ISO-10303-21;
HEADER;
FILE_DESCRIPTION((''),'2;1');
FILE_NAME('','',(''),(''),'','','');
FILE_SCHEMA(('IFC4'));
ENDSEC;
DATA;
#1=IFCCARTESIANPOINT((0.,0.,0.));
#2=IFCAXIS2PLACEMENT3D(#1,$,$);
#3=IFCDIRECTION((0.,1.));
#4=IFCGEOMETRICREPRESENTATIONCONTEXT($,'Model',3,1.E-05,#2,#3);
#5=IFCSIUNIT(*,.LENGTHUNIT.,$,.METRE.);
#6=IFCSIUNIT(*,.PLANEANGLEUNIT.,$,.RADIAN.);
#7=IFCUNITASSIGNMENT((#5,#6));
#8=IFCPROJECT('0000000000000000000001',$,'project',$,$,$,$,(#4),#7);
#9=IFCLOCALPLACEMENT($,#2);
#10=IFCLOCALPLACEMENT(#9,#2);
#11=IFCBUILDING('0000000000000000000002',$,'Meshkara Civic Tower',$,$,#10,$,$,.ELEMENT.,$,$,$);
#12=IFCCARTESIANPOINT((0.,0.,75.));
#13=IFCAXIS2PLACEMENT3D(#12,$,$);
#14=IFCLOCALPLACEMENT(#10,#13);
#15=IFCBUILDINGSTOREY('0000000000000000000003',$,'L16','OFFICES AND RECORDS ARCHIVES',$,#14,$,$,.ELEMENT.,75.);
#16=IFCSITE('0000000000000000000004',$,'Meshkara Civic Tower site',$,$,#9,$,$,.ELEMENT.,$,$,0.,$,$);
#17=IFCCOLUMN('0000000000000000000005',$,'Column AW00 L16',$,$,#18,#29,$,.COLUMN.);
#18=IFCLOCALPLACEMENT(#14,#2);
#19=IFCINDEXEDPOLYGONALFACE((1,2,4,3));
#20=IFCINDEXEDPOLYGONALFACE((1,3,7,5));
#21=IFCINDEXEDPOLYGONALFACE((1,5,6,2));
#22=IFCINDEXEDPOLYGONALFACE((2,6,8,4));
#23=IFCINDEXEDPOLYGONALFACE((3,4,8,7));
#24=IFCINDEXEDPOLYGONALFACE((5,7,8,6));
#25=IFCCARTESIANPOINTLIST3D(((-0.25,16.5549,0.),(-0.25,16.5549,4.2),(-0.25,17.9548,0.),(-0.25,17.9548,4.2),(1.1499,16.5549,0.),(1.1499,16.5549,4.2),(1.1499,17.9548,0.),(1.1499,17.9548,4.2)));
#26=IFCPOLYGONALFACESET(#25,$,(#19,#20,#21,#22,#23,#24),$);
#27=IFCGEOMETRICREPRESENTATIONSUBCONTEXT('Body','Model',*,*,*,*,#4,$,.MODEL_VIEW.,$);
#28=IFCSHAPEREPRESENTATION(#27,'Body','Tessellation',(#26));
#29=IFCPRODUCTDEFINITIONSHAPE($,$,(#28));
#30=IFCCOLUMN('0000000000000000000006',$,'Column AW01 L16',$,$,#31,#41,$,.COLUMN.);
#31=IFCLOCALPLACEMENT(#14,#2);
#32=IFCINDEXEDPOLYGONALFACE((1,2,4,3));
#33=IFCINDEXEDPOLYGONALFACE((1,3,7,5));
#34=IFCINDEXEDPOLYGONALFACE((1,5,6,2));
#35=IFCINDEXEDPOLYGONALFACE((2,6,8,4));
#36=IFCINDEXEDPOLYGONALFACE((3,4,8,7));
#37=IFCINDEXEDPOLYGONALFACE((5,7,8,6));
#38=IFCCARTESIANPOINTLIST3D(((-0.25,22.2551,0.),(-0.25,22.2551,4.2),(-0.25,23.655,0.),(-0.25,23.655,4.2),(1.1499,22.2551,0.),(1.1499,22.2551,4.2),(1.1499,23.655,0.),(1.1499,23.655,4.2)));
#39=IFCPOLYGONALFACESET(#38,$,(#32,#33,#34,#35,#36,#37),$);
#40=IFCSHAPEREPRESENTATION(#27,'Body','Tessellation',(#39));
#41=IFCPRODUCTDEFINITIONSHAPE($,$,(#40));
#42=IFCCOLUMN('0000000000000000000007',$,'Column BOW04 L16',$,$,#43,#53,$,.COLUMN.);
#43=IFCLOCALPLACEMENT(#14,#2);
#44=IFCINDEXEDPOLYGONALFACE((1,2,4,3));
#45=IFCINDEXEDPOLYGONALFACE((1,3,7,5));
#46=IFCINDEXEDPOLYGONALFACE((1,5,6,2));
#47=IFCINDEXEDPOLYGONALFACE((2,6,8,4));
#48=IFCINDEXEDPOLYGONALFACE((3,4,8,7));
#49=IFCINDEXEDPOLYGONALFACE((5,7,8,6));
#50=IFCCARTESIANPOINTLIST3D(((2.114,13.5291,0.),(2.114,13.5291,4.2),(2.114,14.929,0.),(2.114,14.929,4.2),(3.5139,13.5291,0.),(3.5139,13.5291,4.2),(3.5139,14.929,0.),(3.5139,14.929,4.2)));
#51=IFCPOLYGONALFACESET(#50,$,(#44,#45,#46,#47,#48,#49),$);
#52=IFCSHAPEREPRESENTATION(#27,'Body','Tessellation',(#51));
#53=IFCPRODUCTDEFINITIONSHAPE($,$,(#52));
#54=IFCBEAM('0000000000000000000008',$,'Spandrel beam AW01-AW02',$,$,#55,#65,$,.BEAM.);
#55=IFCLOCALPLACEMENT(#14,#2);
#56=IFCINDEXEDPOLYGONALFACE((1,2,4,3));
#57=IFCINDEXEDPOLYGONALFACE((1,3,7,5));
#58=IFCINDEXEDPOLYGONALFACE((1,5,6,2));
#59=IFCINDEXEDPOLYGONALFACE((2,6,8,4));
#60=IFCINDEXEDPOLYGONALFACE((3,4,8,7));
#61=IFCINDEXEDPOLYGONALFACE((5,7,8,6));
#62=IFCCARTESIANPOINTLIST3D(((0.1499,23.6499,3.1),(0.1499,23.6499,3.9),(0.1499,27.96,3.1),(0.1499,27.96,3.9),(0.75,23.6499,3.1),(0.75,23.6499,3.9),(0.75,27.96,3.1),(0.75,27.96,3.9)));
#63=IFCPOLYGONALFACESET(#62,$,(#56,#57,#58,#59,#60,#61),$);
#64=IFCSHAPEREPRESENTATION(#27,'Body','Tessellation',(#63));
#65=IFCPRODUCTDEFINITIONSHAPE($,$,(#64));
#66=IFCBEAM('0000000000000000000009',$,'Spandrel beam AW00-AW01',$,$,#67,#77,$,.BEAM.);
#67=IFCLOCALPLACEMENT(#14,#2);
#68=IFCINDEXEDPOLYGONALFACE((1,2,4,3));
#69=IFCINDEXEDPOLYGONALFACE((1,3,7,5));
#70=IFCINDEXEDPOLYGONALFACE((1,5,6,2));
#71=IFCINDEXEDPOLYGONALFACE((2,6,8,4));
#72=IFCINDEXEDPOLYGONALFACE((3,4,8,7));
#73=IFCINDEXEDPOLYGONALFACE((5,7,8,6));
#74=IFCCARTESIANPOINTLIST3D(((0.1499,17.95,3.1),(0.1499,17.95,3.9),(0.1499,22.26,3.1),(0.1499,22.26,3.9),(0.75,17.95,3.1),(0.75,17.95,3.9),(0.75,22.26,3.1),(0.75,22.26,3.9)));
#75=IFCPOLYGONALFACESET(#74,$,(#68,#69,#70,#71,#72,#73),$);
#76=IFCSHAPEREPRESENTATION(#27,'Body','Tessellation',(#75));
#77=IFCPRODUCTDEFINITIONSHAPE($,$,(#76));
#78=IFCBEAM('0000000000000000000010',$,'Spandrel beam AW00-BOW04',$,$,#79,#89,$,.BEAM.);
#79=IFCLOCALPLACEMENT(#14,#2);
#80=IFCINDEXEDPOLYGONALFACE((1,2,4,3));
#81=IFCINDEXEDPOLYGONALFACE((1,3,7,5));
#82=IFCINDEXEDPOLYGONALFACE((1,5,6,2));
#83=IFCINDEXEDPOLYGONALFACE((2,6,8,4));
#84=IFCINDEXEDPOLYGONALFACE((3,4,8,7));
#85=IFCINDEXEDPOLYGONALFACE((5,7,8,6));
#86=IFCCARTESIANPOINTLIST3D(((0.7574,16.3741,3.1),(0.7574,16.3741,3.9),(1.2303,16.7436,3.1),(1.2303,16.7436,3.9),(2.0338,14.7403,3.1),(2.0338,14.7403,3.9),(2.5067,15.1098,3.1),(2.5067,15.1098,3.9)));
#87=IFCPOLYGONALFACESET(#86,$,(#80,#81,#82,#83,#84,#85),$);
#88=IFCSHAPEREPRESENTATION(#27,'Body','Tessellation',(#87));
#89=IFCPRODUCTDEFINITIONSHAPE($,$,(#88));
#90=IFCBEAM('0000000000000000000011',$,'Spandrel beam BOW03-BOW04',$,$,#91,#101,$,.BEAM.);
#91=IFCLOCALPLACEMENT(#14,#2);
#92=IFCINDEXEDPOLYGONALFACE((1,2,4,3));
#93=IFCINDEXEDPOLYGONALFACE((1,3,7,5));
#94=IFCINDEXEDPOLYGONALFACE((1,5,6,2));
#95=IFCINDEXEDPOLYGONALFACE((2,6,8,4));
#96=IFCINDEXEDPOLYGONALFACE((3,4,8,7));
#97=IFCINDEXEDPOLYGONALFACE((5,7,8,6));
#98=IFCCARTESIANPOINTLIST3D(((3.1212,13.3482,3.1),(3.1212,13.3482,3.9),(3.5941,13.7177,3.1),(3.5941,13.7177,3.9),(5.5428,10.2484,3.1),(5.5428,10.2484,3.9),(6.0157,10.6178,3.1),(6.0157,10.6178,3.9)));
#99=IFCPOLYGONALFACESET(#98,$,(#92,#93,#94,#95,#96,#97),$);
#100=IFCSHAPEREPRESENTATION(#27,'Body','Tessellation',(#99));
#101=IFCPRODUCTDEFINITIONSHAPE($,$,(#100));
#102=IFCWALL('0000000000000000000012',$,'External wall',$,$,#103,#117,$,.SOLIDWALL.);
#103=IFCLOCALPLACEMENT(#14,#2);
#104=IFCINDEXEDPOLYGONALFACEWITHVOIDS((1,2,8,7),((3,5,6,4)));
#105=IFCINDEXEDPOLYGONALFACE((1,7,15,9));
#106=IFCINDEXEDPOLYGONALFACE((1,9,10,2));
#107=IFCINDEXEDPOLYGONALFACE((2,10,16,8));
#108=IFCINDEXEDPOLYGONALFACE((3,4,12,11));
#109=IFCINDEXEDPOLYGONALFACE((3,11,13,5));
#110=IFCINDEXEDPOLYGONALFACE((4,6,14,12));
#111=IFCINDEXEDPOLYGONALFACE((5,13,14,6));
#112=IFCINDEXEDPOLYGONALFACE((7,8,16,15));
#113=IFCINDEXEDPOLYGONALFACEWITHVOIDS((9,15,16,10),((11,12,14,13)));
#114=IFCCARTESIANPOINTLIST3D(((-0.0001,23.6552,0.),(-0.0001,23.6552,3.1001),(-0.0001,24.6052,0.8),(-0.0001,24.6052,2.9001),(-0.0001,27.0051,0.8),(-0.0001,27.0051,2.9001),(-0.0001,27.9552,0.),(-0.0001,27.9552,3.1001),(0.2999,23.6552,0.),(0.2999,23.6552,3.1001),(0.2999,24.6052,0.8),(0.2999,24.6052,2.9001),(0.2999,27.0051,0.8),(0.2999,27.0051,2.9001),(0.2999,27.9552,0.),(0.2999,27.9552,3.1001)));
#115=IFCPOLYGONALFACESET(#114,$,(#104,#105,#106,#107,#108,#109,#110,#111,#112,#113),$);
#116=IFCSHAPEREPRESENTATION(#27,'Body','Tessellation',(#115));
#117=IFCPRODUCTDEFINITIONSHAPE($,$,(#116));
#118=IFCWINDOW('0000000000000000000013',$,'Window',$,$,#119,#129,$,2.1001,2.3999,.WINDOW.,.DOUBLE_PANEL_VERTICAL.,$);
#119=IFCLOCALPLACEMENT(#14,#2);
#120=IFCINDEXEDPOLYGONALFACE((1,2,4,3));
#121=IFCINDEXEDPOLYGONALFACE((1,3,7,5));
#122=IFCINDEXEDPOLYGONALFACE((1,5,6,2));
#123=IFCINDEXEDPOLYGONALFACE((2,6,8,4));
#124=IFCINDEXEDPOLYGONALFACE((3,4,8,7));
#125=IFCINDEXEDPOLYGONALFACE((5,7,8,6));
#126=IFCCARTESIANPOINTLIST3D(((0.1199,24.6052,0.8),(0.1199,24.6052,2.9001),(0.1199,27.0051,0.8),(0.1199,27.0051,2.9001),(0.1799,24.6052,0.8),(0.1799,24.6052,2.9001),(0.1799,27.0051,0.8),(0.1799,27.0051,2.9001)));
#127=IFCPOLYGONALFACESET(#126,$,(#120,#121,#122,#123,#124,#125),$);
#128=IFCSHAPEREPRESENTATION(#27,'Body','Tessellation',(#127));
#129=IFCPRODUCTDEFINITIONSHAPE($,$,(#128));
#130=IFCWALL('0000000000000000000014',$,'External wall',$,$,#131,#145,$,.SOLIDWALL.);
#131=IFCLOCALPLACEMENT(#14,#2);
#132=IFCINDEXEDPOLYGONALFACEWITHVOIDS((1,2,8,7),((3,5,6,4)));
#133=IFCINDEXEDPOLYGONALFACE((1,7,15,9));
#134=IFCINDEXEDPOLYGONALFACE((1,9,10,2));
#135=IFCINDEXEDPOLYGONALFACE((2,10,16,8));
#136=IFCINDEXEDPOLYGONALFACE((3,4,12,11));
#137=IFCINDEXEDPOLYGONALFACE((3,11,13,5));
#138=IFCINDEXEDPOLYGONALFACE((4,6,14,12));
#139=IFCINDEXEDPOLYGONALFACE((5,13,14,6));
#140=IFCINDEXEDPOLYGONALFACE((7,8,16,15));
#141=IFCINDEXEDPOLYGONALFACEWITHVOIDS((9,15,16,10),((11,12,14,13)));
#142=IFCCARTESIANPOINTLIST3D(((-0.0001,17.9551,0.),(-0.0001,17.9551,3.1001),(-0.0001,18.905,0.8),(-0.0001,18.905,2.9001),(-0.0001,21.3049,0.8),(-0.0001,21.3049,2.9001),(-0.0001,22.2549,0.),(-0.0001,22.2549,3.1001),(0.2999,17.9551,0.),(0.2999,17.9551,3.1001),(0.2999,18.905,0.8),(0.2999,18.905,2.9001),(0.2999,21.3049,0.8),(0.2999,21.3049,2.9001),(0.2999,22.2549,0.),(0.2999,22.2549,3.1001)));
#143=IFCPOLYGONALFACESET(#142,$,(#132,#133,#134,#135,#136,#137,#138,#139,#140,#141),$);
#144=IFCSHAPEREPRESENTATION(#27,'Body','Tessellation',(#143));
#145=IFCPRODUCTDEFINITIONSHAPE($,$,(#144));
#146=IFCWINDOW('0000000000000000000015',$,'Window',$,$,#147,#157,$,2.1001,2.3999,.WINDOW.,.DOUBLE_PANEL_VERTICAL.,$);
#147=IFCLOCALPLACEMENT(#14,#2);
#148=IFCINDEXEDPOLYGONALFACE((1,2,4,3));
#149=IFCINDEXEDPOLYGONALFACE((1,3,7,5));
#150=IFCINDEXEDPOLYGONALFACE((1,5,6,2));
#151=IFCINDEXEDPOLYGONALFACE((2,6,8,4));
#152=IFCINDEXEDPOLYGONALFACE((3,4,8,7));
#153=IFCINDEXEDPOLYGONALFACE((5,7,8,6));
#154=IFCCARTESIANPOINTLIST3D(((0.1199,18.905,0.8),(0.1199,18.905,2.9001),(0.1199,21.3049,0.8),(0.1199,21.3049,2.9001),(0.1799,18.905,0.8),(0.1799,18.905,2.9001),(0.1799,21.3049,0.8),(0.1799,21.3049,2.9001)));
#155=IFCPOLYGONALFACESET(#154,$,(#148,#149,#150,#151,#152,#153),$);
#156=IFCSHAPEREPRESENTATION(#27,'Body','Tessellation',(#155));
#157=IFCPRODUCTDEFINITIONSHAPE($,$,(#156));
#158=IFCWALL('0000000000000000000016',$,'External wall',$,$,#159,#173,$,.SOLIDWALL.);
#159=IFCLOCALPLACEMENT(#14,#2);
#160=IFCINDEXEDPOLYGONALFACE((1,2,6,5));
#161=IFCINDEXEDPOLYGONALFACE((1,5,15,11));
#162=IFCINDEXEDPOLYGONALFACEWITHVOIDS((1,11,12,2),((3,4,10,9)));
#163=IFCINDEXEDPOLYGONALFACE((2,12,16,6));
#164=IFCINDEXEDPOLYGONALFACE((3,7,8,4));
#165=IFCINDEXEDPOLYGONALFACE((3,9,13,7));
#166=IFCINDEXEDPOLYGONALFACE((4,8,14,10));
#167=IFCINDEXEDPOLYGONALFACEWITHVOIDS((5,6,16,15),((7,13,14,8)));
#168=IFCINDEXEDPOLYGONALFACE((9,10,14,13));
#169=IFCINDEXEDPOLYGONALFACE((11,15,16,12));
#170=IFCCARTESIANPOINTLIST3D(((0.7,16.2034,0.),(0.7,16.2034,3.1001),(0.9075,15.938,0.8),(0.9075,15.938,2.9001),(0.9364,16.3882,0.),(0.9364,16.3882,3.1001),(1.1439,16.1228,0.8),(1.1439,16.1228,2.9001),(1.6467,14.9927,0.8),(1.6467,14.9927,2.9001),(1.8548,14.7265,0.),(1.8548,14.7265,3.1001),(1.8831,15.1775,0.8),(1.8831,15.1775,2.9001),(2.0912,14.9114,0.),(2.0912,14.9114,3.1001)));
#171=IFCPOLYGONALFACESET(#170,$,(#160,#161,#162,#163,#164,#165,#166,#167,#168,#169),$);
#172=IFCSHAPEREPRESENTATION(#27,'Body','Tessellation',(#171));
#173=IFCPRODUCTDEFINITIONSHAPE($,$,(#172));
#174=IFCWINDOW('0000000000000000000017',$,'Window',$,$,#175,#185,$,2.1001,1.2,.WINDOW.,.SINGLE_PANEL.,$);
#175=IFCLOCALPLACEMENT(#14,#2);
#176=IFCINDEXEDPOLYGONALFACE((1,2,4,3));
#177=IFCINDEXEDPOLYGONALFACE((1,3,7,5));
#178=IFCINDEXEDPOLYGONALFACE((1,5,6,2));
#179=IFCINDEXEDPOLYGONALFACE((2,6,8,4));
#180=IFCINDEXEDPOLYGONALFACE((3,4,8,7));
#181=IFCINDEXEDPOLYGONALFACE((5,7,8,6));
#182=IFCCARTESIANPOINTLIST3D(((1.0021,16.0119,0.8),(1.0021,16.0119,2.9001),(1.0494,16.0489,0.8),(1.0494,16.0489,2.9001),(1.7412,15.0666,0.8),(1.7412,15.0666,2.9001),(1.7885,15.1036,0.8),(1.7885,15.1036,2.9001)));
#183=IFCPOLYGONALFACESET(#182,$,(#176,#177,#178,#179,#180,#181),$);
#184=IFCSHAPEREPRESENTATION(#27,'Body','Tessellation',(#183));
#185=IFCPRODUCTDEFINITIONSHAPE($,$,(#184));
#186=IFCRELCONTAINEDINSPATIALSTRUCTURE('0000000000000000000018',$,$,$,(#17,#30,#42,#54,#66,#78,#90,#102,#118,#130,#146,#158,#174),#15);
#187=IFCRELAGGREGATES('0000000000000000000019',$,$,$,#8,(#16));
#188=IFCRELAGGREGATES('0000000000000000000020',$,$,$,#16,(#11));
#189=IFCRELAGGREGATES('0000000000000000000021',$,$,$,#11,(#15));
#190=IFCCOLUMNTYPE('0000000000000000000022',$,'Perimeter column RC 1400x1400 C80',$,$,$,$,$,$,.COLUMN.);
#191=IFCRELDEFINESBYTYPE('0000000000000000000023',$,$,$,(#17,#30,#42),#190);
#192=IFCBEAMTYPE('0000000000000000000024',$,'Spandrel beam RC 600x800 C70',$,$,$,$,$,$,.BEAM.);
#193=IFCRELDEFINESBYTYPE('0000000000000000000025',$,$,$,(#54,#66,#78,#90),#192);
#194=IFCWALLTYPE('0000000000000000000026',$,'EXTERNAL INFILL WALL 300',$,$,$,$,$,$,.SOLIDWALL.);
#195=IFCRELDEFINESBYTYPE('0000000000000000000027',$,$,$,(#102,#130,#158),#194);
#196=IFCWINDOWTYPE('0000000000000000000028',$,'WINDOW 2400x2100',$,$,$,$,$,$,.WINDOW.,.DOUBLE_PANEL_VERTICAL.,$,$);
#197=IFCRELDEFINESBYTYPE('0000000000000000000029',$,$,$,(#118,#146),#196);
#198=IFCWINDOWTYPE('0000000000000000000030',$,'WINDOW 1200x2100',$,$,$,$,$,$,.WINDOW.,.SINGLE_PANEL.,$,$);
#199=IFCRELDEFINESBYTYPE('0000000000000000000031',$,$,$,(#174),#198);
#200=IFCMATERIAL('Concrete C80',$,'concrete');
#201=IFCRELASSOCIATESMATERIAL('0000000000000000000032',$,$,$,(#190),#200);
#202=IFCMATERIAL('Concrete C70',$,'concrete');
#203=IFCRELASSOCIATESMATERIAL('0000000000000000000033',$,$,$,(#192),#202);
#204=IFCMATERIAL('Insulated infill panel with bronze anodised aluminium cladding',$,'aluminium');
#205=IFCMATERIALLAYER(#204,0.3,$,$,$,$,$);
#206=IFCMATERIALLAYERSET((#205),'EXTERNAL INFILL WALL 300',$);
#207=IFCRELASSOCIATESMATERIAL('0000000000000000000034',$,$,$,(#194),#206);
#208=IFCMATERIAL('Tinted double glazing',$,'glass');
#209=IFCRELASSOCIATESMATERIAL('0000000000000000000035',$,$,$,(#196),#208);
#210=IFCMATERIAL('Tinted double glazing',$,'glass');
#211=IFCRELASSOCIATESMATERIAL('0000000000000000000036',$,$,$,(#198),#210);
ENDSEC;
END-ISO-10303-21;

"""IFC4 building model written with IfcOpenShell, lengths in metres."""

from ifc_helpers import new_model, si_unit, direction, frame, frame_2d, origin, origin_2d, place, context, subcontext, project, spatial, rectangle, extrude, material, layer, layer_set, material_profile, profile_set, type_object, element, fill, save


model = new_model("IFC4")

# Units and contexts
model_context = context("Model", 3, precision=1e-05, world=origin(), true_north=direction((0.0, 1.0)))
body_context = subcontext(model_context, "Body", "Model", "MODEL_VIEW")
ifc_project = project(units=[si_unit("LENGTHUNIT", "METRE"), si_unit("PLANEANGLEUNIT", "RADIAN")], contexts=[model_context])

# Site, building, storey
site_placement = place(None, origin())
site = spatial("IfcSite", under=ifc_project, at=site_placement, Name="Meshkara Civic Tower site", CompositionType="ELEMENT", RefElevation=0.0)
building_placement = place(site_placement, origin())
building = spatial("IfcBuilding", under=site, at=building_placement, Name="Meshkara Civic Tower", CompositionType="ELEMENT")
storey_placement = place(building_placement, frame((0.0, 0.0, 75.0)))
storey = spatial("IfcBuildingStorey", under=building, at=storey_placement, Name="L16", Description="OFFICES AND RECORDS ARCHIVES", CompositionType="ELEMENT", Elevation=75.0)

# Columns
ifc_material_1 = material(Name="Concrete C80", Category="concrete")
ifc_material_profile_1 = material_profile(ifc_material_1, rectangle(XDim=1.3999, YDim=1.3999, at=origin_2d()))
ifc_profile_set_1 = profile_set([ifc_material_profile_1], Name="Concrete C80")
column_type = type_object("IfcColumnType", Name="Perimeter column RC 1400x1400 C80", PredefinedType="COLUMN", material=ifc_profile_set_1)
for number, where, z_axis, x_axis, name in (
    (1, (0.45, 17.2549, 0.0), (0.0, 0.0, 1.0), (1.0, 0.0, 0.0), "Column AW00 L16"),
    (2, (0.45, 22.9551, 0.0), (0.0, 0.0, 1.0), (1.0, 0.0, 0.0), "Column AW01 L16"),
    (3, (2.814, 14.229, 0.0), (0.0, 0.0, 1.0), (1.0, 0.0, 0.0), "Column BOW04 L16"),
):
    element("IfcColumn", number, at=place(storey_placement, frame(where, z_axis=z_axis, x_axis=x_axis)), inside=storey, type_object=column_type, Name=name, PredefinedType="COLUMN", context=body_context, shape_type="SweptSolid", body=[
        extrude(rectangle(XDim=1.3999, YDim=1.3999, at=origin_2d()), origin(), (0.0, 0.0, 1.0), 4.2),
    ])

# Beams
ifc_material_2 = material(Name="Concrete C70", Category="concrete")
ifc_material_profile_2 = material_profile(ifc_material_2, rectangle(XDim=0.6001, YDim=0.8, at=origin_2d()))
ifc_profile_set_2 = profile_set([ifc_material_profile_2], Name="Concrete C70")
beam_type = type_object("IfcBeamType", Name="Spandrel beam RC 600x800 C70", PredefinedType="BEAM", material=ifc_profile_set_2)
for number, where, z_axis, x_axis, name in (
    (4, (0.45, 27.96, 3.5), (0.0, -1.0, 0.0), (1.0, 0.0, 0.0), "Spandrel beam AW01-AW02"),
    (5, (0.45, 22.26, 3.5), (0.0, -1.0, 0.0), (1.0, 0.0, 0.0), "Spandrel beam AW00-AW01"),
):
    element("IfcBeam", number, at=place(storey_placement, frame(where, z_axis=z_axis, x_axis=x_axis)), inside=storey, type_object=beam_type, Name=name, PredefinedType="BEAM", context=body_context, shape_type="SweptSolid", body=[
        extrude(rectangle(XDim=0.6001, YDim=0.8, at=origin_2d()), origin(), (0.0, 0.0, 1.0), 4.3101),
    ])
beam_1_placement = place(storey_placement, frame((0.9939, 16.5588, 3.5), z_axis=(0.615635, -0.788032, 0.0), x_axis=(0.788032, 0.615635, 0.0)))
element("IfcBeam", 6, at=beam_1_placement, inside=storey, type_object=beam_type, Name="Spandrel beam AW00-BOW04", PredefinedType="BEAM", context=body_context, shape_type="SweptSolid", body=[
    extrude(rectangle(XDim=0.6001, YDim=0.8, at=origin_2d()), origin(), (0.0, 0.0, 1.0), 2.0732),
])
beam_2_placement = place(storey_placement, frame((3.3577, 13.533, 3.5), z_axis=(0.615624, -0.78804, 0.0), x_axis=(0.78804, 0.615624, 0.0)))
element("IfcBeam", 7, at=beam_2_placement, inside=storey, type_object=beam_type, Name="Spandrel beam BOW03-BOW04", PredefinedType="BEAM", context=body_context, shape_type="SweptSolid", body=[
    extrude(rectangle(XDim=0.6001, YDim=0.8, at=origin_2d()), origin(), (0.0, 0.0, 1.0), 3.9336),
])

# Walls, openings, windows
ifc_material_3 = material(Name="Insulated infill panel with bronze anodised aluminium cladding", Category="aluminium")
ifc_layer = layer(ifc_material_3, 0.3)
ifc_layer_set = layer_set([ifc_layer], Name="EXTERNAL INFILL WALL 300")
wall_type = type_object("IfcWallType", Name="EXTERNAL INFILL WALL 300", PredefinedType="SOLIDWALL", material=ifc_layer_set)
wall_1_placement = place(storey_placement, frame((0.1499, 27.9551, 0.0), z_axis=(0.0, 0.0, 1.0), x_axis=(0.0, -1.0, 0.0)))
wall_1 = element("IfcWall", 8, at=wall_1_placement, inside=storey, type_object=wall_type, Name="External wall", PredefinedType="SOLIDWALL", context=body_context, shape_type="SweptSolid", body=[
    extrude(rectangle(XDim=4.3, YDim=0.3, at=frame_2d((2.1499, 0.0))), origin(), (0.0, 0.0, 1.0), 3.1001),
])
opening_1_placement = place(wall_1_placement, frame((0.95, 0.0, 0.8)))
opening_1 = element("IfcOpeningElement", 9, at=opening_1_placement, cuts=wall_1, PredefinedType="OPENING", context=body_context, shape_type="SweptSolid", body=[
    extrude(rectangle(XDim=2.3999, YDim=2.1001, at=frame_2d((1.2, 1.05))), frame((0.0, 0.1599, 0.0), z_axis=(0.0, -1.0, 0.0), x_axis=(1.0, 0.0, 0.0)), (0.0, 0.0, 1.0), 0.3201),
])
ifc_material_4 = material(Name="Tinted double glazing", Category="glass")
window_type_1 = type_object("IfcWindowType", Name="WINDOW 2400x2100", PartitioningType="DOUBLE_PANEL_VERTICAL", PredefinedType="WINDOW", material=ifc_material_4)
window_1_placement = place(opening_1_placement, origin())
window_1 = element("IfcWindow", 10, at=window_1_placement, inside=storey, type_object=window_type_1, Name="Window", OverallHeight=2.1001, OverallWidth=2.3999, PartitioningType="DOUBLE_PANEL_VERTICAL", PredefinedType="WINDOW", context=body_context, shape_type="SweptSolid", body=[
    extrude(rectangle(XDim=2.3999, YDim=2.1001, at=frame_2d((1.2, 1.05))), frame((0.0, 0.03, 0.0), z_axis=(0.0, -1.0, 0.0), x_axis=(1.0, 0.0, 0.0)), (0.0, 0.0, 1.0), 0.0601),
])
fill(opening_1, window_1)
wall_2_placement = place(storey_placement, frame((0.1499, 22.2549, 0.0), z_axis=(0.0, 0.0, 1.0), x_axis=(0.0, -1.0, 0.0)))
wall_2 = element("IfcWall", 11, at=wall_2_placement, inside=storey, type_object=wall_type, Name="External wall", PredefinedType="SOLIDWALL", context=body_context, shape_type="SweptSolid", body=[
    extrude(rectangle(XDim=4.2998, YDim=0.3, at=frame_2d((2.1499, 0.0))), origin(), (0.0, 0.0, 1.0), 3.1001),
])
opening_2_placement = place(wall_2_placement, frame((0.95, 0.0, 0.8)))
opening_2 = element("IfcOpeningElement", 12, at=opening_2_placement, cuts=wall_2, PredefinedType="OPENING", context=body_context, shape_type="SweptSolid", body=[
    extrude(rectangle(XDim=2.3999, YDim=2.1001, at=frame_2d((1.2, 1.05))), frame((0.0, 0.1599, 0.0), z_axis=(0.0, -1.0, 0.0), x_axis=(1.0, 0.0, 0.0)), (0.0, 0.0, 1.0), 0.3201),
])
window_2_placement = place(opening_2_placement, origin())
window_2 = element("IfcWindow", 13, at=window_2_placement, inside=storey, type_object=window_type_1, Name="Window", OverallHeight=2.1001, OverallWidth=2.3999, PartitioningType="DOUBLE_PANEL_VERTICAL", PredefinedType="WINDOW", context=body_context, shape_type="SweptSolid", body=[
    extrude(rectangle(XDim=2.3999, YDim=2.1001, at=frame_2d((1.2, 1.05))), frame((0.0, 0.03, 0.0), z_axis=(0.0, -1.0, 0.0), x_axis=(1.0, 0.0, 0.0)), (0.0, 0.0, 1.0), 0.0601),
])
fill(opening_2, window_2)
wall_3_placement = place(storey_placement, frame((0.8181, 16.2959, 0.0), z_axis=(0.0, 0.0, 1.0), x_axis=(0.615985, -0.787758, 0.0)))
wall_3 = element("IfcWall", 14, at=wall_3_placement, inside=storey, type_object=wall_type, Name="External wall", PredefinedType="SOLIDWALL", context=body_context, shape_type="SweptSolid", body=[
    extrude(rectangle(XDim=1.8748, YDim=0.3, at=frame_2d((0.9375, 0.0))), origin(), (0.0, 0.0, 1.0), 3.1001),
])
opening_3_placement = place(wall_3_placement, frame((0.3369, 0.0, 0.8)))
opening_3 = element("IfcOpeningElement", 15, at=opening_3_placement, cuts=wall_3, PredefinedType="OPENING", context=body_context, shape_type="SweptSolid", body=[
    extrude(rectangle(XDim=1.2, YDim=2.1001, at=frame_2d((0.6001, 1.05))), frame((0.0, 0.1599, 0.0), z_axis=(0.0, -1.0, 0.0), x_axis=(1.0, 0.0, 0.0)), (0.0, 0.0, 1.0), 0.3201),
])
ifc_material_5 = material(Name="Tinted double glazing", Category="glass")
window_type_2 = type_object("IfcWindowType", Name="WINDOW 1200x2100", PartitioningType="SINGLE_PANEL", PredefinedType="WINDOW", material=ifc_material_5)
window_3_placement = place(opening_3_placement, origin())
window_3 = element("IfcWindow", 16, at=window_3_placement, inside=storey, type_object=window_type_2, Name="Window", OverallHeight=2.1001, OverallWidth=1.2, PartitioningType="SINGLE_PANEL", PredefinedType="WINDOW", context=body_context, shape_type="SweptSolid", body=[
    extrude(rectangle(XDim=1.2, YDim=2.1001, at=frame_2d((0.6001, 1.05))), frame((0.0, 0.03, 0.0), z_axis=(0.0, -1.0, 0.0), x_axis=(1.0, 0.0, 0.0)), (0.0, 0.0, 1.0), 0.0601),
])
fill(opening_3, window_3)

save(model, "model.ifc")
